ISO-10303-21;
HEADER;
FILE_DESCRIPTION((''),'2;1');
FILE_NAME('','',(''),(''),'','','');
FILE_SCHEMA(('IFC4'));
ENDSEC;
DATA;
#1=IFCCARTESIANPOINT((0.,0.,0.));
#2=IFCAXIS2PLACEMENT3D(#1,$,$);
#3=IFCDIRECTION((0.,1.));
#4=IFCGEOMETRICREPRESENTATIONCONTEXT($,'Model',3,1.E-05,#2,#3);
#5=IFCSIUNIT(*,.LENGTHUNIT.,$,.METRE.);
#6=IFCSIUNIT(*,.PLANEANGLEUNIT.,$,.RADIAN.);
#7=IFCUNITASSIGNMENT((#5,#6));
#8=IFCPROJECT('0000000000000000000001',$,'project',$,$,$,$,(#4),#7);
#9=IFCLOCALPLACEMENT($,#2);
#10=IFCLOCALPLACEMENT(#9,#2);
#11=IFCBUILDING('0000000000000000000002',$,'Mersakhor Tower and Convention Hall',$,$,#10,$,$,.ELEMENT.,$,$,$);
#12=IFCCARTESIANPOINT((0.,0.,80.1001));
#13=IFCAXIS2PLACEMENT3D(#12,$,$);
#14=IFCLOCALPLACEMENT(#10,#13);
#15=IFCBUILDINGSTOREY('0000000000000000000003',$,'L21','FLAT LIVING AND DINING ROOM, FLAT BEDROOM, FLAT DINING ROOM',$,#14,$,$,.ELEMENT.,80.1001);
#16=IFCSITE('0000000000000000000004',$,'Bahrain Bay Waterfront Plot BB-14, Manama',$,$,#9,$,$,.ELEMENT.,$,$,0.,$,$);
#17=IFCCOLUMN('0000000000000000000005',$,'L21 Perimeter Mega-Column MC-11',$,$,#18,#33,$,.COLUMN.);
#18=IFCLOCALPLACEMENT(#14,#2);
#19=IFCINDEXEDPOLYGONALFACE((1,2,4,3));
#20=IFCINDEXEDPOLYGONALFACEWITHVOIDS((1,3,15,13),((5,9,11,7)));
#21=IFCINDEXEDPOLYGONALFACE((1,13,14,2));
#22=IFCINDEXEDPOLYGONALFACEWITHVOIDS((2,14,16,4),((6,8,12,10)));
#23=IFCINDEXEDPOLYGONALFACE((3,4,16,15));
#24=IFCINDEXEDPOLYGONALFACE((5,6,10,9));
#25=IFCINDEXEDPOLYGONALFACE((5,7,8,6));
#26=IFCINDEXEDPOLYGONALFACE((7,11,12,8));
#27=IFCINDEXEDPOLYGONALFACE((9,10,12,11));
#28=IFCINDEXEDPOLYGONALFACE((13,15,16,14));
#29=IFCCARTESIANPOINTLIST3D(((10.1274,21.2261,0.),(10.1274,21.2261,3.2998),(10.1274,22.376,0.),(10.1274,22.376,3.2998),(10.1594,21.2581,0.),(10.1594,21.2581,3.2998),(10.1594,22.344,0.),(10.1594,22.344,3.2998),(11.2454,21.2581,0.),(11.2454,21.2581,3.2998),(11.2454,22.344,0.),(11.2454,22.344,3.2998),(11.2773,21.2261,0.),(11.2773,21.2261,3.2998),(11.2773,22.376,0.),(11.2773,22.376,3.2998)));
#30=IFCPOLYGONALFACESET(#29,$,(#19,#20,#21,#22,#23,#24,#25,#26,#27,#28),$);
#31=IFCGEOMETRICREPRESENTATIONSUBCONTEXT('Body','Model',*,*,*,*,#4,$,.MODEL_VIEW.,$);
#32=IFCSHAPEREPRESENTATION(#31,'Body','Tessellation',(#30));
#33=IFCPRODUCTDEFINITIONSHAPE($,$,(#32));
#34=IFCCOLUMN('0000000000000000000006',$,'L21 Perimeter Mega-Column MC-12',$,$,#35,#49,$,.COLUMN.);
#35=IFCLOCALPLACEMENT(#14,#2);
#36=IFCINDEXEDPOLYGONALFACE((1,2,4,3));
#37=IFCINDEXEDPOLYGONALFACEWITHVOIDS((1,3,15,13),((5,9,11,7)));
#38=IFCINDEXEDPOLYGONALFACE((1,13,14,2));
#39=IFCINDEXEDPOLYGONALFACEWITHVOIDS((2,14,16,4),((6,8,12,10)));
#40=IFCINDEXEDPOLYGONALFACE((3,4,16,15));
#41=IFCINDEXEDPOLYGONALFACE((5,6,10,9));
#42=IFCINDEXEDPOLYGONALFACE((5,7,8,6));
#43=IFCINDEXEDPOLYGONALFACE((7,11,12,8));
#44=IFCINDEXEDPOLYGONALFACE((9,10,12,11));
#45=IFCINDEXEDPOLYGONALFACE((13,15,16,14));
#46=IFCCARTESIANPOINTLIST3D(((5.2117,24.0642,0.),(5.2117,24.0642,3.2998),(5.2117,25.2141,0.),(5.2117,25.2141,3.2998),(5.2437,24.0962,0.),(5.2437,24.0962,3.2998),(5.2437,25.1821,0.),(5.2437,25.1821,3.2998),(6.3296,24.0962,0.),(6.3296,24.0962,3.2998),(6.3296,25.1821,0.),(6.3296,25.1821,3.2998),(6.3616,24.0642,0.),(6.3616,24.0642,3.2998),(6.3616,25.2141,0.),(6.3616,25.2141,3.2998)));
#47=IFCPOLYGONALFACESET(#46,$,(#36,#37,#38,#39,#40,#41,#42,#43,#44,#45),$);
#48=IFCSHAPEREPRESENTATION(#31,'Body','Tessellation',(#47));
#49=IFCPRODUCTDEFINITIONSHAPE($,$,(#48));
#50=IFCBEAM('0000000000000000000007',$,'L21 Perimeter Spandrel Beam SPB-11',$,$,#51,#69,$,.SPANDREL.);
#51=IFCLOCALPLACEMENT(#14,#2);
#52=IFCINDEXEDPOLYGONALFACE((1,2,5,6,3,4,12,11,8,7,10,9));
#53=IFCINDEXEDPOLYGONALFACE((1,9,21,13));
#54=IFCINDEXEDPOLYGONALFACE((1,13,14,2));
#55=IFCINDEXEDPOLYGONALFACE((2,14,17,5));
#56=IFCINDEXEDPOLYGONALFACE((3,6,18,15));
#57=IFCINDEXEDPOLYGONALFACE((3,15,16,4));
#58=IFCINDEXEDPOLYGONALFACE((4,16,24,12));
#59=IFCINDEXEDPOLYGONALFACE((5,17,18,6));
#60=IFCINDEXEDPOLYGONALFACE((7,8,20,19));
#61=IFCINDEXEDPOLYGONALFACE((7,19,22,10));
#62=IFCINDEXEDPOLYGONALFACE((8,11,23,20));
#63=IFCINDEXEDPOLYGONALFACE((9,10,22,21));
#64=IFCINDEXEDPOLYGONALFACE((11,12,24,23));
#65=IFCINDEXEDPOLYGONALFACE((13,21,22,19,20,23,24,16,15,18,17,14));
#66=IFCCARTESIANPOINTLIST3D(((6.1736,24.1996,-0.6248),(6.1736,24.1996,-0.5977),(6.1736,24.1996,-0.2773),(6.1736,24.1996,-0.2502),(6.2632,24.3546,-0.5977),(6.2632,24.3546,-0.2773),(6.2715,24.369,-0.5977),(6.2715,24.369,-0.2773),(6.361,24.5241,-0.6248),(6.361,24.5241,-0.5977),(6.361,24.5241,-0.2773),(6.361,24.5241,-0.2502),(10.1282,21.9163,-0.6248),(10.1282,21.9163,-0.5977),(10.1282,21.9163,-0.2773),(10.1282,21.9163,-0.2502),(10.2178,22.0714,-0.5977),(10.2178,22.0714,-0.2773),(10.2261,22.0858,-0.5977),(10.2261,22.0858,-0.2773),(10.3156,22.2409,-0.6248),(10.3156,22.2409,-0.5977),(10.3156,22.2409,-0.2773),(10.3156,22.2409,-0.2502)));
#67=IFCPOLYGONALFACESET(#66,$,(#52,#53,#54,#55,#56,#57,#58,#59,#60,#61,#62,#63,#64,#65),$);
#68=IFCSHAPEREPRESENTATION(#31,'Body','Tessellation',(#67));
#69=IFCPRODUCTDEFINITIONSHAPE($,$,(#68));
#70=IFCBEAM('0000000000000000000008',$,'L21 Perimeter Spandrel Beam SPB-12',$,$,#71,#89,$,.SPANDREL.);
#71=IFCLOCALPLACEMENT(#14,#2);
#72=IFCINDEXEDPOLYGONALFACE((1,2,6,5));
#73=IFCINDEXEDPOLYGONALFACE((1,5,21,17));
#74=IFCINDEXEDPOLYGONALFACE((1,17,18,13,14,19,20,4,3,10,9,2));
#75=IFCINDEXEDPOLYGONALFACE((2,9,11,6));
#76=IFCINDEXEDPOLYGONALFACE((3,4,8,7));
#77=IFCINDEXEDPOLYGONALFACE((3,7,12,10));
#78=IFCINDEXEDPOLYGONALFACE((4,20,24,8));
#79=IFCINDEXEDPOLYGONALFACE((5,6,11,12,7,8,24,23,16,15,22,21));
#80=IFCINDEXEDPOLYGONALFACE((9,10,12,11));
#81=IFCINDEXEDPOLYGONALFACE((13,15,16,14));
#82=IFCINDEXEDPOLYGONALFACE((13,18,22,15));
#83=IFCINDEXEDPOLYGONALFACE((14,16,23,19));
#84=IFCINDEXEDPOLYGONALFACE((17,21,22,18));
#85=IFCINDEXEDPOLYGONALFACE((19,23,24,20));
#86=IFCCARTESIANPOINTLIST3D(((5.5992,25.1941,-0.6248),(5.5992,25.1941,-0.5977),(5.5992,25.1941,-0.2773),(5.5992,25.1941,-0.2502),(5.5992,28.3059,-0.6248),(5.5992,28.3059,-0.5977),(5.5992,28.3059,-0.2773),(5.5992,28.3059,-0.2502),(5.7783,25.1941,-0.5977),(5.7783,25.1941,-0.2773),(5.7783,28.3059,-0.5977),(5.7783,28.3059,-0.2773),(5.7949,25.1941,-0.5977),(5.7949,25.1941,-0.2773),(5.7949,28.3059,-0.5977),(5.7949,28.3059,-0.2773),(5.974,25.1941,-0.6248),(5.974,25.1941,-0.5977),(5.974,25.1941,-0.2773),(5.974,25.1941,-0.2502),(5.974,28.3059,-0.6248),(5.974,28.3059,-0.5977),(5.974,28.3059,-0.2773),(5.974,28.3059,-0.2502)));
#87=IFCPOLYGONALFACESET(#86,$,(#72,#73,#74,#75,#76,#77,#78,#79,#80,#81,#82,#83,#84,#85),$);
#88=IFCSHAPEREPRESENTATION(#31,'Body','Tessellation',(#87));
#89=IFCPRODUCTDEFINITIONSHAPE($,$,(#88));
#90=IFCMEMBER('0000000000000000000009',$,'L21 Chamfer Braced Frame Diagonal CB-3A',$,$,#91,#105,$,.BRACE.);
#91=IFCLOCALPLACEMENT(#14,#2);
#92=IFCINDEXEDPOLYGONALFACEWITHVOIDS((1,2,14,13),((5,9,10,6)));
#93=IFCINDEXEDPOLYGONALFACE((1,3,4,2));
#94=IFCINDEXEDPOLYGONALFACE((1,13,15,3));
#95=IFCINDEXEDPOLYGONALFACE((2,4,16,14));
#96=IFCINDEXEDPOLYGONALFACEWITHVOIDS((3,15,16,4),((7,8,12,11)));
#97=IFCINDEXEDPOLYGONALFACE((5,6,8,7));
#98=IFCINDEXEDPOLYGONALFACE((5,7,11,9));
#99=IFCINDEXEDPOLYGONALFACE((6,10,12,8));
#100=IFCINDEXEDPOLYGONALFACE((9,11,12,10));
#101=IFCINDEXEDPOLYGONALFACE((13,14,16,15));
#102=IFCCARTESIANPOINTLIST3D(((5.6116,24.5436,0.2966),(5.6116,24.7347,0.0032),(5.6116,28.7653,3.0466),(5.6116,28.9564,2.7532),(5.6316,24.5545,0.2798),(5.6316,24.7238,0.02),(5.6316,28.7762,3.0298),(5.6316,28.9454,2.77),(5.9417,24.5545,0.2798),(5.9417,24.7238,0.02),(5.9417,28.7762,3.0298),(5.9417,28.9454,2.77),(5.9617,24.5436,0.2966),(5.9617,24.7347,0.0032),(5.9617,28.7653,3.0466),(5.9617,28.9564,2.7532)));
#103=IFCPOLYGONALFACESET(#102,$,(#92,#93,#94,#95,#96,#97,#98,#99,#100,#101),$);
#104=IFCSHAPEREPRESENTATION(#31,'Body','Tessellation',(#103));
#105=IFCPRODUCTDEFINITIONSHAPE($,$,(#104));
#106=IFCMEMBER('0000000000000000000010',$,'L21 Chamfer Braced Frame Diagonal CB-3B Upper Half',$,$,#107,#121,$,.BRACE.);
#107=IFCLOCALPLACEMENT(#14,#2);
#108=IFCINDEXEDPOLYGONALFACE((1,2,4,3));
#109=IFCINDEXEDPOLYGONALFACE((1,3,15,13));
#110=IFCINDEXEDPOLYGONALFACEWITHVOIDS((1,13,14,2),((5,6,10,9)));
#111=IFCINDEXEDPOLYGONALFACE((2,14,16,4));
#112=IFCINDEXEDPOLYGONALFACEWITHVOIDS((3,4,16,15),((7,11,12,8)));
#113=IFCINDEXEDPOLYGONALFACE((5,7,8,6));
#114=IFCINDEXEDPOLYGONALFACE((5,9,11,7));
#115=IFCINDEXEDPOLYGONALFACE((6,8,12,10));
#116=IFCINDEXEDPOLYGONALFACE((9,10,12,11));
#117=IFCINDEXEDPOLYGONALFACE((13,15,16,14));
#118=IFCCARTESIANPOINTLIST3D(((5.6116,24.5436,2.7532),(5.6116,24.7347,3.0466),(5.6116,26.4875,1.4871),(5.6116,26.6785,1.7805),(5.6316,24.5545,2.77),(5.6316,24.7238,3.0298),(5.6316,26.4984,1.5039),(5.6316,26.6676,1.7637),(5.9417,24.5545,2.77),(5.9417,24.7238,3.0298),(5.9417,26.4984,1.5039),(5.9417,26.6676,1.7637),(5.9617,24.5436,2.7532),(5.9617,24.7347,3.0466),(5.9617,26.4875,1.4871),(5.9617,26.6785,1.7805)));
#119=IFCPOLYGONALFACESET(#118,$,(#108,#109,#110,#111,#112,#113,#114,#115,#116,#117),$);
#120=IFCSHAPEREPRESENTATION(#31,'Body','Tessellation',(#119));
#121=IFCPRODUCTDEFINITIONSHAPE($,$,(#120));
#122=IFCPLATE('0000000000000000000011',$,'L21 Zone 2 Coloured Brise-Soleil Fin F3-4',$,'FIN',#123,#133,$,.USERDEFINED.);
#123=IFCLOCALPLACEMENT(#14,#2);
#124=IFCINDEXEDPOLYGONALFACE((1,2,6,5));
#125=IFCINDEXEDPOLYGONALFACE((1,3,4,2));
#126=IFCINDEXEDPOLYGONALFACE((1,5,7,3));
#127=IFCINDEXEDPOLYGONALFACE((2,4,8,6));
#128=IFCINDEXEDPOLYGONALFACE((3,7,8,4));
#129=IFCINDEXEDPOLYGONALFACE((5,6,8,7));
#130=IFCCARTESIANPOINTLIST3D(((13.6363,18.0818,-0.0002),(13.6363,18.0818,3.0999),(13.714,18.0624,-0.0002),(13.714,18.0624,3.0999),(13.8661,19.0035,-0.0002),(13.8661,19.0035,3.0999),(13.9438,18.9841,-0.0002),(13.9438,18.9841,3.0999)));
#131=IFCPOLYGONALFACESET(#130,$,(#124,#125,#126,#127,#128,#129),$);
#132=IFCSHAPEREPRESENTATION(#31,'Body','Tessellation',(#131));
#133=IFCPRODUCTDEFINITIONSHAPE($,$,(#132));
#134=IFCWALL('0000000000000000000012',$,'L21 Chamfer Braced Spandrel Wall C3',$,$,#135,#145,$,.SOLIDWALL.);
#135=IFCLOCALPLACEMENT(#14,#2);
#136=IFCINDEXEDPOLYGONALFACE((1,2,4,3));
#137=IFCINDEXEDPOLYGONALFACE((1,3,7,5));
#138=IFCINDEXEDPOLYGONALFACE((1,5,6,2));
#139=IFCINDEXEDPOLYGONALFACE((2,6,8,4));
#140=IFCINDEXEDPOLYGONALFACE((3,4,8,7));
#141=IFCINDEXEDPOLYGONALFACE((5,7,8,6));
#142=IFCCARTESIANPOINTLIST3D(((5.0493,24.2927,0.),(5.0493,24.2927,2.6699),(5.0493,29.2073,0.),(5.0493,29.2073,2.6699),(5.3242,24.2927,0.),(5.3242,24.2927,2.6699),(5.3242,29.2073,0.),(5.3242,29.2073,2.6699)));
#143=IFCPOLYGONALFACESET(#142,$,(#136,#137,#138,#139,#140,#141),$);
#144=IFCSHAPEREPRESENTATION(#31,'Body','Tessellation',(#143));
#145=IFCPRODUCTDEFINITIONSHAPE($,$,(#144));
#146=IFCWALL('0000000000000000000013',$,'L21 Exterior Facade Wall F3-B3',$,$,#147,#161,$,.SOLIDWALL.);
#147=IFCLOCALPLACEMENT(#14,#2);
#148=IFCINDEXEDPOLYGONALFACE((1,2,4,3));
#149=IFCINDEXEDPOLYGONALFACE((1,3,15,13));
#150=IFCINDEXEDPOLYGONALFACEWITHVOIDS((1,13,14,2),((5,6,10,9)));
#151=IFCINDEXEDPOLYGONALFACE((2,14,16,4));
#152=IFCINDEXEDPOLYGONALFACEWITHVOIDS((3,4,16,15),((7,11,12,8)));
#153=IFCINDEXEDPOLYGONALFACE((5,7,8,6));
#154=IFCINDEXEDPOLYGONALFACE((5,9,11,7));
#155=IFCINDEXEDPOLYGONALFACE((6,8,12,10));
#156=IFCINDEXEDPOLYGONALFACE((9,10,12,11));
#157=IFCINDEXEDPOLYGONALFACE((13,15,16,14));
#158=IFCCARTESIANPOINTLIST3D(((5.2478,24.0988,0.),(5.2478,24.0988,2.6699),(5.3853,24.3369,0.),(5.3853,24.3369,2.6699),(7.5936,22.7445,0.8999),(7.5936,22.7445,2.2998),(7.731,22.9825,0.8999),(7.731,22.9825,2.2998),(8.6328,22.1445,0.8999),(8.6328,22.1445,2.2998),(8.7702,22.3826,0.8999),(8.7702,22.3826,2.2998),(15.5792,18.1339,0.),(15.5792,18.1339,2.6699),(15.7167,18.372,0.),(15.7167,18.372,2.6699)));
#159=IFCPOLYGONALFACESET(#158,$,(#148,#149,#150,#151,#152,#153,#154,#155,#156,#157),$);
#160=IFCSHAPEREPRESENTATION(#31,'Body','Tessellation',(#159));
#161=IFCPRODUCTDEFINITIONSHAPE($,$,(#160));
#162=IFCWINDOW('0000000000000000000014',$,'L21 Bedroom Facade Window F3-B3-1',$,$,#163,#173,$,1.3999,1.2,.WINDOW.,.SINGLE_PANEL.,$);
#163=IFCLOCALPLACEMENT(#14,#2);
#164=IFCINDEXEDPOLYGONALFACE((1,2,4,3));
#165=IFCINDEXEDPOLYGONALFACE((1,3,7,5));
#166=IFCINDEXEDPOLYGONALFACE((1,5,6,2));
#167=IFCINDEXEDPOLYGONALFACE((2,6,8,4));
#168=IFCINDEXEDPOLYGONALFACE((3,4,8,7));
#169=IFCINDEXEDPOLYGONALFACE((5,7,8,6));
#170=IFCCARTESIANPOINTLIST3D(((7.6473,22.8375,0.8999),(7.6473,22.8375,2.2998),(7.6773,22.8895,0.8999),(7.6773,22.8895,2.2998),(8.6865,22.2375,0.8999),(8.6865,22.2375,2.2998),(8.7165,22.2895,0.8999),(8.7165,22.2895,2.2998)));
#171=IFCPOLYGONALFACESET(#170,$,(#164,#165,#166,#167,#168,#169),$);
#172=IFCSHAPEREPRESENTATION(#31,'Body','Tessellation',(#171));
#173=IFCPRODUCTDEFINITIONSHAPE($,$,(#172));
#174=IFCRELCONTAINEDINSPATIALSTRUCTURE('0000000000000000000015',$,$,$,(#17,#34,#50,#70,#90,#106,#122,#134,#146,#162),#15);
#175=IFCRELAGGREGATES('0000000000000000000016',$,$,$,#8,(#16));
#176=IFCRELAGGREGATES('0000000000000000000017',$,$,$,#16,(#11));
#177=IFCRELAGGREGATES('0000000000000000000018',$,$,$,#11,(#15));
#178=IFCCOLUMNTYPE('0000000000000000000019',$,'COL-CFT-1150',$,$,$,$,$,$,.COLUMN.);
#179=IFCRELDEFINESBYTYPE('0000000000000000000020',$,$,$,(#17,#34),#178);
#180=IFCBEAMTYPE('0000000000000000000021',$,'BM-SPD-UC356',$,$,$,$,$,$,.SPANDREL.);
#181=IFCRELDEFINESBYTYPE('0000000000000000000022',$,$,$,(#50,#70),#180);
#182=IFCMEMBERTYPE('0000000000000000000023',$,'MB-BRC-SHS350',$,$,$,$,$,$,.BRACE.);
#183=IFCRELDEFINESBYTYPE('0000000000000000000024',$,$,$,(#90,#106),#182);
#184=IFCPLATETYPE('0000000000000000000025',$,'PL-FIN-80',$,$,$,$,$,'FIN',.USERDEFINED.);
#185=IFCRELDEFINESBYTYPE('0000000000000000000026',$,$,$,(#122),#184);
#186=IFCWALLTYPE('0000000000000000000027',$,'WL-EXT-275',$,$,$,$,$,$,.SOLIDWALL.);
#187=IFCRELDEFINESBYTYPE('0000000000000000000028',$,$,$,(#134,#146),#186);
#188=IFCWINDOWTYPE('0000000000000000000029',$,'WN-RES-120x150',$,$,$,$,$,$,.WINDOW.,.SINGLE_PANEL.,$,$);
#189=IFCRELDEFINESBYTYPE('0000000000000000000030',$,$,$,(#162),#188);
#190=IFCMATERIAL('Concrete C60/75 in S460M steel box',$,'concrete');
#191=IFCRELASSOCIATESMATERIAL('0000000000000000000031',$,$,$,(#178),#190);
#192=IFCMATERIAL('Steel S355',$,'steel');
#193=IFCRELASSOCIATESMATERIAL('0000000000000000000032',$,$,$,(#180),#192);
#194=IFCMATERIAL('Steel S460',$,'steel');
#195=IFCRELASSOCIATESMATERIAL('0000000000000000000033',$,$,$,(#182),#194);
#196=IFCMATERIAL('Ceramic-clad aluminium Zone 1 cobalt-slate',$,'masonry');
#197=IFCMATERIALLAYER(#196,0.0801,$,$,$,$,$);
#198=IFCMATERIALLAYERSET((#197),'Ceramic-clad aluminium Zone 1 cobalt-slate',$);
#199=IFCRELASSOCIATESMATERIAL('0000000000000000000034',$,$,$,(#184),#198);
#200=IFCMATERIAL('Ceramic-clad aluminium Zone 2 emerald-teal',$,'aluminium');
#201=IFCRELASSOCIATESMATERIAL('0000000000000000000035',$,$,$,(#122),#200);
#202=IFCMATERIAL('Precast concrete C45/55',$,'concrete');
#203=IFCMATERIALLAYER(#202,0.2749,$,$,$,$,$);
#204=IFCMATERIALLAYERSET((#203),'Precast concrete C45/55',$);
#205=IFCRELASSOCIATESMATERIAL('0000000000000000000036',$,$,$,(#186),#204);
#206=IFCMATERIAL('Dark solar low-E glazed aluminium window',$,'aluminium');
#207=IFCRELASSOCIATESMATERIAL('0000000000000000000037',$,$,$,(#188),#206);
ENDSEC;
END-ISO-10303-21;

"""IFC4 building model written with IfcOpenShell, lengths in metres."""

from ifc_helpers import new_model, si_unit, direction, frame, frame_2d, origin, origin_2d, place, context, subcontext, project, spatial, rectangle, hollow_rectangle, i_section, extrude, material, layer, layer_set, material_profile, profile_set, type_object, element, fill, save


model = new_model("IFC4")

# Units and contexts
model_context = context("Model", 3, precision=1e-05, world=origin(), true_north=direction((0.0, 1.0)))
body_context = subcontext(model_context, "Body", "Model", "MODEL_VIEW")
ifc_project = project(units=[si_unit("LENGTHUNIT", "METRE"), si_unit("PLANEANGLEUNIT", "RADIAN")], contexts=[model_context])

# Site, building, storey
site_placement = place(None, origin())
site = spatial("IfcSite", under=ifc_project, at=site_placement, Name="Bahrain Bay Waterfront Plot BB-14, Manama", CompositionType="ELEMENT", RefElevation=0.0)
building_placement = place(site_placement, origin())
building = spatial("IfcBuilding", under=site, at=building_placement, Name="Mersakhor Tower and Convention Hall", CompositionType="ELEMENT")
storey_placement = place(building_placement, frame((0.0, 0.0, 80.1001)))
storey = spatial("IfcBuildingStorey", under=building, at=storey_placement, Name="L21", Description="FLAT LIVING AND DINING ROOM, FLAT BEDROOM, FLAT DINING ROOM", CompositionType="ELEMENT", Elevation=80.1001)

# Columns
ifc_material_1 = material(Name="Concrete C60/75 in S460M steel box", Category="concrete")
ifc_material_profile_1 = material_profile(ifc_material_1, hollow_rectangle(XDim=1.1499, YDim=1.1499, WallThickness=0.032, at=origin_2d()), Name="SHS 1150x1150x32")
ifc_profile_set_1 = profile_set([ifc_material_profile_1], Name="Concrete C60/75 in S460M steel box")
column_type = type_object("IfcColumnType", Name="COL-CFT-1150", PredefinedType="COLUMN", material=ifc_profile_set_1)
for number, where, z_axis, x_axis, name in (
    (1, (10.7024, 21.801, 0.0), (0.0, 0.0, 1.0), (1.0, 0.0, 0.0), "L21 Perimeter Mega-Column MC-11"),
    (2, (5.7866, 24.6392, 0.0), (0.0, 0.0, 1.0), (1.0, 0.0, 0.0), "L21 Perimeter Mega-Column MC-12"),
):
    element("IfcColumn", number, at=place(storey_placement, frame(where, z_axis=z_axis, x_axis=x_axis)), inside=storey, type_object=column_type, Name=name, PredefinedType="COLUMN", context=body_context, shape_type="SweptSolid", body=[
        extrude(hollow_rectangle(XDim=1.1499, YDim=1.1499, WallThickness=0.032, at=origin_2d()), origin(), (0.0, 0.0, 1.0), 3.2998),
    ])

# Beams
ifc_material_2 = material(Name="Steel S355", Category="steel")
ifc_material_profile_2 = material_profile(ifc_material_2, i_section(OverallWidth=0.3748, OverallDepth=0.3745, WebThickness=0.0166, FlangeThickness=0.0271, at=origin_2d()), Name="UC 356x368x202")
ifc_profile_set_2 = profile_set([ifc_material_profile_2], Name="Steel S355")
beam_type = type_object("IfcBeamType", Name="BM-SPD-UC356", PredefinedType="SPANDREL", material=ifc_profile_set_2)
beam_1_placement = place(storey_placement, frame((10.2219, 22.0786, -0.4375), z_axis=(-0.866024, 0.500003, 0.0), x_axis=(-0.500003, -0.866024, 0.0)))
element("IfcBeam", 3, at=beam_1_placement, inside=storey, type_object=beam_type, Name="L21 Perimeter Spandrel Beam SPB-11", PredefinedType="SPANDREL", context=body_context, shape_type="SweptSolid", body=[
    extrude(i_section(OverallWidth=0.3748, OverallDepth=0.3745, WebThickness=0.0166, FlangeThickness=0.0271, at=origin_2d()), origin(), (0.0, 0.0, 1.0), 4.5664),
])
beam_2_placement = place(storey_placement, frame((5.7866, 25.1941, -0.4375), z_axis=(0.0, 1.0, 0.0), x_axis=(-1.0, 0.0, 0.0)))
element("IfcBeam", 4, at=beam_2_placement, inside=storey, type_object=beam_type, Name="L21 Perimeter Spandrel Beam SPB-12", PredefinedType="SPANDREL", context=body_context, shape_type="SweptSolid", body=[
    extrude(i_section(OverallWidth=0.3748, OverallDepth=0.3745, WebThickness=0.0166, FlangeThickness=0.0271, at=origin_2d()), origin(), (0.0, 0.0, 1.0), 3.1118),
])

# Members
ifc_material_3 = material(Name="Steel S460", Category="steel")
ifc_material_profile_3 = material_profile(ifc_material_3, hollow_rectangle(XDim=0.3501, YDim=0.3501, WallThickness=0.02, at=origin_2d()), Name="SHS 350x350x20")
ifc_profile_set_3 = profile_set([ifc_material_profile_3], Name="Steel S460")
member_type = type_object("IfcMemberType", Name="MB-BRC-SHS350", PredefinedType="BRACE", material=ifc_profile_set_3)
member_1_placement = place(storey_placement, frame((5.7866, 24.6392, 0.1499), z_axis=(0.0, 0.837907, 0.545812), x_axis=(-1.0, 0.0, 0.0)))
element("IfcMember", 5, at=member_1_placement, inside=storey, type_object=member_type, Name="L21 Chamfer Braced Frame Diagonal CB-3A", PredefinedType="BRACE", context=body_context, shape_type="SweptSolid", body=[
    extrude(hollow_rectangle(XDim=0.3501, YDim=0.3501, WallThickness=0.02, at=origin_2d()), origin(), (0.0, 0.0, 1.0), 5.0383),
])
member_2_placement = place(storey_placement, frame((5.7866, 26.583, 1.6338), z_axis=(0.0, -0.837929, 0.54578), x_axis=(1.0, 0.0, 0.0)))
element("IfcMember", 6, at=member_2_placement, inside=storey, type_object=member_type, Name="L21 Chamfer Braced Frame Diagonal CB-3B Upper Half", PredefinedType="BRACE", context=body_context, shape_type="SweptSolid", body=[
    extrude(hollow_rectangle(XDim=0.3501, YDim=0.3501, WallThickness=0.02, at=origin_2d()), origin(), (0.0, 0.0, 1.0), 2.3198),
])

# Plate
ifc_material_4 = material(Name="Ceramic-clad aluminium Zone 2 emerald-teal", Category="aluminium")
ifc_material_5 = material(Name="Ceramic-clad aluminium Zone 1 cobalt-slate", Category="masonry")
ifc_layer_1 = layer(ifc_material_5, 0.0801)
ifc_layer_set_1 = layer_set([ifc_layer_1], Name="Ceramic-clad aluminium Zone 1 cobalt-slate")
plate_type = type_object("IfcPlateType", Name="PL-FIN-80", ElementType="FIN", PredefinedType="USERDEFINED", material=ifc_layer_set_1)
plate_placement = place(storey_placement, frame((13.79, 18.533, -0.0002), z_axis=(0.0, 0.0, 1.0), x_axis=(-0.241922, -0.970296, 0.0)))
element("IfcPlate", 7, at=plate_placement, inside=storey, type_object=plate_type, material=ifc_material_4, Name="L21 Zone 2 Coloured Brise-Soleil Fin F3-4", ObjectType="FIN", PredefinedType="USERDEFINED", context=body_context, shape_type="SweptSolid", body=[
    extrude(rectangle(XDim=0.95, YDim=0.0801, at=origin_2d()), origin(), (0.0, 0.0, 1.0), 3.1001),
])

# Wall
ifc_material_6 = material(Name="Precast concrete C45/55", Category="concrete")
ifc_layer_2 = layer(ifc_material_6, 0.2749)
ifc_layer_set_2 = layer_set([ifc_layer_2], Name="Precast concrete C45/55")
wall_type_1 = type_object("IfcWallType", Name="WL-EXT-275", PredefinedType="SOLIDWALL", material=ifc_layer_set_2)
wall_1_placement = place(storey_placement, frame((5.1868, 24.2927, 0.0), z_axis=(0.0, 0.0, 1.0), x_axis=(0.0, 1.0, 0.0)))
element("IfcWall", 8, at=wall_1_placement, inside=storey, type_object=wall_type_1, Name="L21 Chamfer Braced Spandrel Wall C3", PredefinedType="SOLIDWALL", context=body_context, shape_type="SweptSolid", body=[
    extrude(rectangle(XDim=4.9146, YDim=0.2749, at=frame_2d((2.4573, 0.0))), origin(), (0.0, 0.0, 1.0), 2.6699),
])

# Wall, opening, window
wall_2_placement = place(storey_placement, frame((15.6479, 18.2529, 0.0), z_axis=(0.0, 0.0, 1.0), x_axis=(-0.866023, 0.500004, 0.0)))
wall_2 = element("IfcWall", 9, at=wall_2_placement, inside=storey, type_object=wall_type_1, Name="L21 Exterior Facade Wall F3-B3", PredefinedType="SOLIDWALL", context=body_context, shape_type="SweptSolid", body=[
    extrude(rectangle(XDim=11.9297, YDim=0.2749, at=frame_2d((5.9648, 0.0))), origin(), (0.0, 0.0, 1.0), 2.6699),
])
opening_1_placement = place(wall_2_placement, frame((8.021, 0.0, 0.8999)))
opening_1 = element("IfcOpeningElement", 10, at=opening_1_placement, cuts=wall_2, PredefinedType="OPENING", context=body_context, shape_type="SweptSolid", body=[
    extrude(rectangle(XDim=1.2, YDim=1.3999, at=frame_2d((0.6001, 0.7))), frame((0.0, 0.1475, 0.0), z_axis=(0.0, -1.0, 0.0), x_axis=(1.0, 0.0, 0.0)), (0.0, 0.0, 1.0), 0.2949),
])
ifc_material_7 = material(Name="Dark solar low-E glazed aluminium window", Category="aluminium")
window_type = type_object("IfcWindowType", Name="WN-RES-120x150", PartitioningType="SINGLE_PANEL", PredefinedType="WINDOW", material=ifc_material_7)
window_placement = place(opening_1_placement, origin())
window = element("IfcWindow", 11, at=window_placement, inside=storey, type_object=window_type, Name="L21 Bedroom Facade Window F3-B3-1", OverallHeight=1.3999, OverallWidth=1.2, PartitioningType="SINGLE_PANEL", PredefinedType="WINDOW", context=body_context, shape_type="SweptSolid", body=[
    extrude(rectangle(XDim=1.2, YDim=1.3999, at=frame_2d((0.6001, 0.7))), frame((0.0, 0.03, 0.0), z_axis=(0.0, -1.0, 0.0), x_axis=(1.0, 0.0, 0.0)), (0.0, 0.0, 1.0), 0.0601),
])
fill(opening_1, window)

save(model, "model.ifc")
